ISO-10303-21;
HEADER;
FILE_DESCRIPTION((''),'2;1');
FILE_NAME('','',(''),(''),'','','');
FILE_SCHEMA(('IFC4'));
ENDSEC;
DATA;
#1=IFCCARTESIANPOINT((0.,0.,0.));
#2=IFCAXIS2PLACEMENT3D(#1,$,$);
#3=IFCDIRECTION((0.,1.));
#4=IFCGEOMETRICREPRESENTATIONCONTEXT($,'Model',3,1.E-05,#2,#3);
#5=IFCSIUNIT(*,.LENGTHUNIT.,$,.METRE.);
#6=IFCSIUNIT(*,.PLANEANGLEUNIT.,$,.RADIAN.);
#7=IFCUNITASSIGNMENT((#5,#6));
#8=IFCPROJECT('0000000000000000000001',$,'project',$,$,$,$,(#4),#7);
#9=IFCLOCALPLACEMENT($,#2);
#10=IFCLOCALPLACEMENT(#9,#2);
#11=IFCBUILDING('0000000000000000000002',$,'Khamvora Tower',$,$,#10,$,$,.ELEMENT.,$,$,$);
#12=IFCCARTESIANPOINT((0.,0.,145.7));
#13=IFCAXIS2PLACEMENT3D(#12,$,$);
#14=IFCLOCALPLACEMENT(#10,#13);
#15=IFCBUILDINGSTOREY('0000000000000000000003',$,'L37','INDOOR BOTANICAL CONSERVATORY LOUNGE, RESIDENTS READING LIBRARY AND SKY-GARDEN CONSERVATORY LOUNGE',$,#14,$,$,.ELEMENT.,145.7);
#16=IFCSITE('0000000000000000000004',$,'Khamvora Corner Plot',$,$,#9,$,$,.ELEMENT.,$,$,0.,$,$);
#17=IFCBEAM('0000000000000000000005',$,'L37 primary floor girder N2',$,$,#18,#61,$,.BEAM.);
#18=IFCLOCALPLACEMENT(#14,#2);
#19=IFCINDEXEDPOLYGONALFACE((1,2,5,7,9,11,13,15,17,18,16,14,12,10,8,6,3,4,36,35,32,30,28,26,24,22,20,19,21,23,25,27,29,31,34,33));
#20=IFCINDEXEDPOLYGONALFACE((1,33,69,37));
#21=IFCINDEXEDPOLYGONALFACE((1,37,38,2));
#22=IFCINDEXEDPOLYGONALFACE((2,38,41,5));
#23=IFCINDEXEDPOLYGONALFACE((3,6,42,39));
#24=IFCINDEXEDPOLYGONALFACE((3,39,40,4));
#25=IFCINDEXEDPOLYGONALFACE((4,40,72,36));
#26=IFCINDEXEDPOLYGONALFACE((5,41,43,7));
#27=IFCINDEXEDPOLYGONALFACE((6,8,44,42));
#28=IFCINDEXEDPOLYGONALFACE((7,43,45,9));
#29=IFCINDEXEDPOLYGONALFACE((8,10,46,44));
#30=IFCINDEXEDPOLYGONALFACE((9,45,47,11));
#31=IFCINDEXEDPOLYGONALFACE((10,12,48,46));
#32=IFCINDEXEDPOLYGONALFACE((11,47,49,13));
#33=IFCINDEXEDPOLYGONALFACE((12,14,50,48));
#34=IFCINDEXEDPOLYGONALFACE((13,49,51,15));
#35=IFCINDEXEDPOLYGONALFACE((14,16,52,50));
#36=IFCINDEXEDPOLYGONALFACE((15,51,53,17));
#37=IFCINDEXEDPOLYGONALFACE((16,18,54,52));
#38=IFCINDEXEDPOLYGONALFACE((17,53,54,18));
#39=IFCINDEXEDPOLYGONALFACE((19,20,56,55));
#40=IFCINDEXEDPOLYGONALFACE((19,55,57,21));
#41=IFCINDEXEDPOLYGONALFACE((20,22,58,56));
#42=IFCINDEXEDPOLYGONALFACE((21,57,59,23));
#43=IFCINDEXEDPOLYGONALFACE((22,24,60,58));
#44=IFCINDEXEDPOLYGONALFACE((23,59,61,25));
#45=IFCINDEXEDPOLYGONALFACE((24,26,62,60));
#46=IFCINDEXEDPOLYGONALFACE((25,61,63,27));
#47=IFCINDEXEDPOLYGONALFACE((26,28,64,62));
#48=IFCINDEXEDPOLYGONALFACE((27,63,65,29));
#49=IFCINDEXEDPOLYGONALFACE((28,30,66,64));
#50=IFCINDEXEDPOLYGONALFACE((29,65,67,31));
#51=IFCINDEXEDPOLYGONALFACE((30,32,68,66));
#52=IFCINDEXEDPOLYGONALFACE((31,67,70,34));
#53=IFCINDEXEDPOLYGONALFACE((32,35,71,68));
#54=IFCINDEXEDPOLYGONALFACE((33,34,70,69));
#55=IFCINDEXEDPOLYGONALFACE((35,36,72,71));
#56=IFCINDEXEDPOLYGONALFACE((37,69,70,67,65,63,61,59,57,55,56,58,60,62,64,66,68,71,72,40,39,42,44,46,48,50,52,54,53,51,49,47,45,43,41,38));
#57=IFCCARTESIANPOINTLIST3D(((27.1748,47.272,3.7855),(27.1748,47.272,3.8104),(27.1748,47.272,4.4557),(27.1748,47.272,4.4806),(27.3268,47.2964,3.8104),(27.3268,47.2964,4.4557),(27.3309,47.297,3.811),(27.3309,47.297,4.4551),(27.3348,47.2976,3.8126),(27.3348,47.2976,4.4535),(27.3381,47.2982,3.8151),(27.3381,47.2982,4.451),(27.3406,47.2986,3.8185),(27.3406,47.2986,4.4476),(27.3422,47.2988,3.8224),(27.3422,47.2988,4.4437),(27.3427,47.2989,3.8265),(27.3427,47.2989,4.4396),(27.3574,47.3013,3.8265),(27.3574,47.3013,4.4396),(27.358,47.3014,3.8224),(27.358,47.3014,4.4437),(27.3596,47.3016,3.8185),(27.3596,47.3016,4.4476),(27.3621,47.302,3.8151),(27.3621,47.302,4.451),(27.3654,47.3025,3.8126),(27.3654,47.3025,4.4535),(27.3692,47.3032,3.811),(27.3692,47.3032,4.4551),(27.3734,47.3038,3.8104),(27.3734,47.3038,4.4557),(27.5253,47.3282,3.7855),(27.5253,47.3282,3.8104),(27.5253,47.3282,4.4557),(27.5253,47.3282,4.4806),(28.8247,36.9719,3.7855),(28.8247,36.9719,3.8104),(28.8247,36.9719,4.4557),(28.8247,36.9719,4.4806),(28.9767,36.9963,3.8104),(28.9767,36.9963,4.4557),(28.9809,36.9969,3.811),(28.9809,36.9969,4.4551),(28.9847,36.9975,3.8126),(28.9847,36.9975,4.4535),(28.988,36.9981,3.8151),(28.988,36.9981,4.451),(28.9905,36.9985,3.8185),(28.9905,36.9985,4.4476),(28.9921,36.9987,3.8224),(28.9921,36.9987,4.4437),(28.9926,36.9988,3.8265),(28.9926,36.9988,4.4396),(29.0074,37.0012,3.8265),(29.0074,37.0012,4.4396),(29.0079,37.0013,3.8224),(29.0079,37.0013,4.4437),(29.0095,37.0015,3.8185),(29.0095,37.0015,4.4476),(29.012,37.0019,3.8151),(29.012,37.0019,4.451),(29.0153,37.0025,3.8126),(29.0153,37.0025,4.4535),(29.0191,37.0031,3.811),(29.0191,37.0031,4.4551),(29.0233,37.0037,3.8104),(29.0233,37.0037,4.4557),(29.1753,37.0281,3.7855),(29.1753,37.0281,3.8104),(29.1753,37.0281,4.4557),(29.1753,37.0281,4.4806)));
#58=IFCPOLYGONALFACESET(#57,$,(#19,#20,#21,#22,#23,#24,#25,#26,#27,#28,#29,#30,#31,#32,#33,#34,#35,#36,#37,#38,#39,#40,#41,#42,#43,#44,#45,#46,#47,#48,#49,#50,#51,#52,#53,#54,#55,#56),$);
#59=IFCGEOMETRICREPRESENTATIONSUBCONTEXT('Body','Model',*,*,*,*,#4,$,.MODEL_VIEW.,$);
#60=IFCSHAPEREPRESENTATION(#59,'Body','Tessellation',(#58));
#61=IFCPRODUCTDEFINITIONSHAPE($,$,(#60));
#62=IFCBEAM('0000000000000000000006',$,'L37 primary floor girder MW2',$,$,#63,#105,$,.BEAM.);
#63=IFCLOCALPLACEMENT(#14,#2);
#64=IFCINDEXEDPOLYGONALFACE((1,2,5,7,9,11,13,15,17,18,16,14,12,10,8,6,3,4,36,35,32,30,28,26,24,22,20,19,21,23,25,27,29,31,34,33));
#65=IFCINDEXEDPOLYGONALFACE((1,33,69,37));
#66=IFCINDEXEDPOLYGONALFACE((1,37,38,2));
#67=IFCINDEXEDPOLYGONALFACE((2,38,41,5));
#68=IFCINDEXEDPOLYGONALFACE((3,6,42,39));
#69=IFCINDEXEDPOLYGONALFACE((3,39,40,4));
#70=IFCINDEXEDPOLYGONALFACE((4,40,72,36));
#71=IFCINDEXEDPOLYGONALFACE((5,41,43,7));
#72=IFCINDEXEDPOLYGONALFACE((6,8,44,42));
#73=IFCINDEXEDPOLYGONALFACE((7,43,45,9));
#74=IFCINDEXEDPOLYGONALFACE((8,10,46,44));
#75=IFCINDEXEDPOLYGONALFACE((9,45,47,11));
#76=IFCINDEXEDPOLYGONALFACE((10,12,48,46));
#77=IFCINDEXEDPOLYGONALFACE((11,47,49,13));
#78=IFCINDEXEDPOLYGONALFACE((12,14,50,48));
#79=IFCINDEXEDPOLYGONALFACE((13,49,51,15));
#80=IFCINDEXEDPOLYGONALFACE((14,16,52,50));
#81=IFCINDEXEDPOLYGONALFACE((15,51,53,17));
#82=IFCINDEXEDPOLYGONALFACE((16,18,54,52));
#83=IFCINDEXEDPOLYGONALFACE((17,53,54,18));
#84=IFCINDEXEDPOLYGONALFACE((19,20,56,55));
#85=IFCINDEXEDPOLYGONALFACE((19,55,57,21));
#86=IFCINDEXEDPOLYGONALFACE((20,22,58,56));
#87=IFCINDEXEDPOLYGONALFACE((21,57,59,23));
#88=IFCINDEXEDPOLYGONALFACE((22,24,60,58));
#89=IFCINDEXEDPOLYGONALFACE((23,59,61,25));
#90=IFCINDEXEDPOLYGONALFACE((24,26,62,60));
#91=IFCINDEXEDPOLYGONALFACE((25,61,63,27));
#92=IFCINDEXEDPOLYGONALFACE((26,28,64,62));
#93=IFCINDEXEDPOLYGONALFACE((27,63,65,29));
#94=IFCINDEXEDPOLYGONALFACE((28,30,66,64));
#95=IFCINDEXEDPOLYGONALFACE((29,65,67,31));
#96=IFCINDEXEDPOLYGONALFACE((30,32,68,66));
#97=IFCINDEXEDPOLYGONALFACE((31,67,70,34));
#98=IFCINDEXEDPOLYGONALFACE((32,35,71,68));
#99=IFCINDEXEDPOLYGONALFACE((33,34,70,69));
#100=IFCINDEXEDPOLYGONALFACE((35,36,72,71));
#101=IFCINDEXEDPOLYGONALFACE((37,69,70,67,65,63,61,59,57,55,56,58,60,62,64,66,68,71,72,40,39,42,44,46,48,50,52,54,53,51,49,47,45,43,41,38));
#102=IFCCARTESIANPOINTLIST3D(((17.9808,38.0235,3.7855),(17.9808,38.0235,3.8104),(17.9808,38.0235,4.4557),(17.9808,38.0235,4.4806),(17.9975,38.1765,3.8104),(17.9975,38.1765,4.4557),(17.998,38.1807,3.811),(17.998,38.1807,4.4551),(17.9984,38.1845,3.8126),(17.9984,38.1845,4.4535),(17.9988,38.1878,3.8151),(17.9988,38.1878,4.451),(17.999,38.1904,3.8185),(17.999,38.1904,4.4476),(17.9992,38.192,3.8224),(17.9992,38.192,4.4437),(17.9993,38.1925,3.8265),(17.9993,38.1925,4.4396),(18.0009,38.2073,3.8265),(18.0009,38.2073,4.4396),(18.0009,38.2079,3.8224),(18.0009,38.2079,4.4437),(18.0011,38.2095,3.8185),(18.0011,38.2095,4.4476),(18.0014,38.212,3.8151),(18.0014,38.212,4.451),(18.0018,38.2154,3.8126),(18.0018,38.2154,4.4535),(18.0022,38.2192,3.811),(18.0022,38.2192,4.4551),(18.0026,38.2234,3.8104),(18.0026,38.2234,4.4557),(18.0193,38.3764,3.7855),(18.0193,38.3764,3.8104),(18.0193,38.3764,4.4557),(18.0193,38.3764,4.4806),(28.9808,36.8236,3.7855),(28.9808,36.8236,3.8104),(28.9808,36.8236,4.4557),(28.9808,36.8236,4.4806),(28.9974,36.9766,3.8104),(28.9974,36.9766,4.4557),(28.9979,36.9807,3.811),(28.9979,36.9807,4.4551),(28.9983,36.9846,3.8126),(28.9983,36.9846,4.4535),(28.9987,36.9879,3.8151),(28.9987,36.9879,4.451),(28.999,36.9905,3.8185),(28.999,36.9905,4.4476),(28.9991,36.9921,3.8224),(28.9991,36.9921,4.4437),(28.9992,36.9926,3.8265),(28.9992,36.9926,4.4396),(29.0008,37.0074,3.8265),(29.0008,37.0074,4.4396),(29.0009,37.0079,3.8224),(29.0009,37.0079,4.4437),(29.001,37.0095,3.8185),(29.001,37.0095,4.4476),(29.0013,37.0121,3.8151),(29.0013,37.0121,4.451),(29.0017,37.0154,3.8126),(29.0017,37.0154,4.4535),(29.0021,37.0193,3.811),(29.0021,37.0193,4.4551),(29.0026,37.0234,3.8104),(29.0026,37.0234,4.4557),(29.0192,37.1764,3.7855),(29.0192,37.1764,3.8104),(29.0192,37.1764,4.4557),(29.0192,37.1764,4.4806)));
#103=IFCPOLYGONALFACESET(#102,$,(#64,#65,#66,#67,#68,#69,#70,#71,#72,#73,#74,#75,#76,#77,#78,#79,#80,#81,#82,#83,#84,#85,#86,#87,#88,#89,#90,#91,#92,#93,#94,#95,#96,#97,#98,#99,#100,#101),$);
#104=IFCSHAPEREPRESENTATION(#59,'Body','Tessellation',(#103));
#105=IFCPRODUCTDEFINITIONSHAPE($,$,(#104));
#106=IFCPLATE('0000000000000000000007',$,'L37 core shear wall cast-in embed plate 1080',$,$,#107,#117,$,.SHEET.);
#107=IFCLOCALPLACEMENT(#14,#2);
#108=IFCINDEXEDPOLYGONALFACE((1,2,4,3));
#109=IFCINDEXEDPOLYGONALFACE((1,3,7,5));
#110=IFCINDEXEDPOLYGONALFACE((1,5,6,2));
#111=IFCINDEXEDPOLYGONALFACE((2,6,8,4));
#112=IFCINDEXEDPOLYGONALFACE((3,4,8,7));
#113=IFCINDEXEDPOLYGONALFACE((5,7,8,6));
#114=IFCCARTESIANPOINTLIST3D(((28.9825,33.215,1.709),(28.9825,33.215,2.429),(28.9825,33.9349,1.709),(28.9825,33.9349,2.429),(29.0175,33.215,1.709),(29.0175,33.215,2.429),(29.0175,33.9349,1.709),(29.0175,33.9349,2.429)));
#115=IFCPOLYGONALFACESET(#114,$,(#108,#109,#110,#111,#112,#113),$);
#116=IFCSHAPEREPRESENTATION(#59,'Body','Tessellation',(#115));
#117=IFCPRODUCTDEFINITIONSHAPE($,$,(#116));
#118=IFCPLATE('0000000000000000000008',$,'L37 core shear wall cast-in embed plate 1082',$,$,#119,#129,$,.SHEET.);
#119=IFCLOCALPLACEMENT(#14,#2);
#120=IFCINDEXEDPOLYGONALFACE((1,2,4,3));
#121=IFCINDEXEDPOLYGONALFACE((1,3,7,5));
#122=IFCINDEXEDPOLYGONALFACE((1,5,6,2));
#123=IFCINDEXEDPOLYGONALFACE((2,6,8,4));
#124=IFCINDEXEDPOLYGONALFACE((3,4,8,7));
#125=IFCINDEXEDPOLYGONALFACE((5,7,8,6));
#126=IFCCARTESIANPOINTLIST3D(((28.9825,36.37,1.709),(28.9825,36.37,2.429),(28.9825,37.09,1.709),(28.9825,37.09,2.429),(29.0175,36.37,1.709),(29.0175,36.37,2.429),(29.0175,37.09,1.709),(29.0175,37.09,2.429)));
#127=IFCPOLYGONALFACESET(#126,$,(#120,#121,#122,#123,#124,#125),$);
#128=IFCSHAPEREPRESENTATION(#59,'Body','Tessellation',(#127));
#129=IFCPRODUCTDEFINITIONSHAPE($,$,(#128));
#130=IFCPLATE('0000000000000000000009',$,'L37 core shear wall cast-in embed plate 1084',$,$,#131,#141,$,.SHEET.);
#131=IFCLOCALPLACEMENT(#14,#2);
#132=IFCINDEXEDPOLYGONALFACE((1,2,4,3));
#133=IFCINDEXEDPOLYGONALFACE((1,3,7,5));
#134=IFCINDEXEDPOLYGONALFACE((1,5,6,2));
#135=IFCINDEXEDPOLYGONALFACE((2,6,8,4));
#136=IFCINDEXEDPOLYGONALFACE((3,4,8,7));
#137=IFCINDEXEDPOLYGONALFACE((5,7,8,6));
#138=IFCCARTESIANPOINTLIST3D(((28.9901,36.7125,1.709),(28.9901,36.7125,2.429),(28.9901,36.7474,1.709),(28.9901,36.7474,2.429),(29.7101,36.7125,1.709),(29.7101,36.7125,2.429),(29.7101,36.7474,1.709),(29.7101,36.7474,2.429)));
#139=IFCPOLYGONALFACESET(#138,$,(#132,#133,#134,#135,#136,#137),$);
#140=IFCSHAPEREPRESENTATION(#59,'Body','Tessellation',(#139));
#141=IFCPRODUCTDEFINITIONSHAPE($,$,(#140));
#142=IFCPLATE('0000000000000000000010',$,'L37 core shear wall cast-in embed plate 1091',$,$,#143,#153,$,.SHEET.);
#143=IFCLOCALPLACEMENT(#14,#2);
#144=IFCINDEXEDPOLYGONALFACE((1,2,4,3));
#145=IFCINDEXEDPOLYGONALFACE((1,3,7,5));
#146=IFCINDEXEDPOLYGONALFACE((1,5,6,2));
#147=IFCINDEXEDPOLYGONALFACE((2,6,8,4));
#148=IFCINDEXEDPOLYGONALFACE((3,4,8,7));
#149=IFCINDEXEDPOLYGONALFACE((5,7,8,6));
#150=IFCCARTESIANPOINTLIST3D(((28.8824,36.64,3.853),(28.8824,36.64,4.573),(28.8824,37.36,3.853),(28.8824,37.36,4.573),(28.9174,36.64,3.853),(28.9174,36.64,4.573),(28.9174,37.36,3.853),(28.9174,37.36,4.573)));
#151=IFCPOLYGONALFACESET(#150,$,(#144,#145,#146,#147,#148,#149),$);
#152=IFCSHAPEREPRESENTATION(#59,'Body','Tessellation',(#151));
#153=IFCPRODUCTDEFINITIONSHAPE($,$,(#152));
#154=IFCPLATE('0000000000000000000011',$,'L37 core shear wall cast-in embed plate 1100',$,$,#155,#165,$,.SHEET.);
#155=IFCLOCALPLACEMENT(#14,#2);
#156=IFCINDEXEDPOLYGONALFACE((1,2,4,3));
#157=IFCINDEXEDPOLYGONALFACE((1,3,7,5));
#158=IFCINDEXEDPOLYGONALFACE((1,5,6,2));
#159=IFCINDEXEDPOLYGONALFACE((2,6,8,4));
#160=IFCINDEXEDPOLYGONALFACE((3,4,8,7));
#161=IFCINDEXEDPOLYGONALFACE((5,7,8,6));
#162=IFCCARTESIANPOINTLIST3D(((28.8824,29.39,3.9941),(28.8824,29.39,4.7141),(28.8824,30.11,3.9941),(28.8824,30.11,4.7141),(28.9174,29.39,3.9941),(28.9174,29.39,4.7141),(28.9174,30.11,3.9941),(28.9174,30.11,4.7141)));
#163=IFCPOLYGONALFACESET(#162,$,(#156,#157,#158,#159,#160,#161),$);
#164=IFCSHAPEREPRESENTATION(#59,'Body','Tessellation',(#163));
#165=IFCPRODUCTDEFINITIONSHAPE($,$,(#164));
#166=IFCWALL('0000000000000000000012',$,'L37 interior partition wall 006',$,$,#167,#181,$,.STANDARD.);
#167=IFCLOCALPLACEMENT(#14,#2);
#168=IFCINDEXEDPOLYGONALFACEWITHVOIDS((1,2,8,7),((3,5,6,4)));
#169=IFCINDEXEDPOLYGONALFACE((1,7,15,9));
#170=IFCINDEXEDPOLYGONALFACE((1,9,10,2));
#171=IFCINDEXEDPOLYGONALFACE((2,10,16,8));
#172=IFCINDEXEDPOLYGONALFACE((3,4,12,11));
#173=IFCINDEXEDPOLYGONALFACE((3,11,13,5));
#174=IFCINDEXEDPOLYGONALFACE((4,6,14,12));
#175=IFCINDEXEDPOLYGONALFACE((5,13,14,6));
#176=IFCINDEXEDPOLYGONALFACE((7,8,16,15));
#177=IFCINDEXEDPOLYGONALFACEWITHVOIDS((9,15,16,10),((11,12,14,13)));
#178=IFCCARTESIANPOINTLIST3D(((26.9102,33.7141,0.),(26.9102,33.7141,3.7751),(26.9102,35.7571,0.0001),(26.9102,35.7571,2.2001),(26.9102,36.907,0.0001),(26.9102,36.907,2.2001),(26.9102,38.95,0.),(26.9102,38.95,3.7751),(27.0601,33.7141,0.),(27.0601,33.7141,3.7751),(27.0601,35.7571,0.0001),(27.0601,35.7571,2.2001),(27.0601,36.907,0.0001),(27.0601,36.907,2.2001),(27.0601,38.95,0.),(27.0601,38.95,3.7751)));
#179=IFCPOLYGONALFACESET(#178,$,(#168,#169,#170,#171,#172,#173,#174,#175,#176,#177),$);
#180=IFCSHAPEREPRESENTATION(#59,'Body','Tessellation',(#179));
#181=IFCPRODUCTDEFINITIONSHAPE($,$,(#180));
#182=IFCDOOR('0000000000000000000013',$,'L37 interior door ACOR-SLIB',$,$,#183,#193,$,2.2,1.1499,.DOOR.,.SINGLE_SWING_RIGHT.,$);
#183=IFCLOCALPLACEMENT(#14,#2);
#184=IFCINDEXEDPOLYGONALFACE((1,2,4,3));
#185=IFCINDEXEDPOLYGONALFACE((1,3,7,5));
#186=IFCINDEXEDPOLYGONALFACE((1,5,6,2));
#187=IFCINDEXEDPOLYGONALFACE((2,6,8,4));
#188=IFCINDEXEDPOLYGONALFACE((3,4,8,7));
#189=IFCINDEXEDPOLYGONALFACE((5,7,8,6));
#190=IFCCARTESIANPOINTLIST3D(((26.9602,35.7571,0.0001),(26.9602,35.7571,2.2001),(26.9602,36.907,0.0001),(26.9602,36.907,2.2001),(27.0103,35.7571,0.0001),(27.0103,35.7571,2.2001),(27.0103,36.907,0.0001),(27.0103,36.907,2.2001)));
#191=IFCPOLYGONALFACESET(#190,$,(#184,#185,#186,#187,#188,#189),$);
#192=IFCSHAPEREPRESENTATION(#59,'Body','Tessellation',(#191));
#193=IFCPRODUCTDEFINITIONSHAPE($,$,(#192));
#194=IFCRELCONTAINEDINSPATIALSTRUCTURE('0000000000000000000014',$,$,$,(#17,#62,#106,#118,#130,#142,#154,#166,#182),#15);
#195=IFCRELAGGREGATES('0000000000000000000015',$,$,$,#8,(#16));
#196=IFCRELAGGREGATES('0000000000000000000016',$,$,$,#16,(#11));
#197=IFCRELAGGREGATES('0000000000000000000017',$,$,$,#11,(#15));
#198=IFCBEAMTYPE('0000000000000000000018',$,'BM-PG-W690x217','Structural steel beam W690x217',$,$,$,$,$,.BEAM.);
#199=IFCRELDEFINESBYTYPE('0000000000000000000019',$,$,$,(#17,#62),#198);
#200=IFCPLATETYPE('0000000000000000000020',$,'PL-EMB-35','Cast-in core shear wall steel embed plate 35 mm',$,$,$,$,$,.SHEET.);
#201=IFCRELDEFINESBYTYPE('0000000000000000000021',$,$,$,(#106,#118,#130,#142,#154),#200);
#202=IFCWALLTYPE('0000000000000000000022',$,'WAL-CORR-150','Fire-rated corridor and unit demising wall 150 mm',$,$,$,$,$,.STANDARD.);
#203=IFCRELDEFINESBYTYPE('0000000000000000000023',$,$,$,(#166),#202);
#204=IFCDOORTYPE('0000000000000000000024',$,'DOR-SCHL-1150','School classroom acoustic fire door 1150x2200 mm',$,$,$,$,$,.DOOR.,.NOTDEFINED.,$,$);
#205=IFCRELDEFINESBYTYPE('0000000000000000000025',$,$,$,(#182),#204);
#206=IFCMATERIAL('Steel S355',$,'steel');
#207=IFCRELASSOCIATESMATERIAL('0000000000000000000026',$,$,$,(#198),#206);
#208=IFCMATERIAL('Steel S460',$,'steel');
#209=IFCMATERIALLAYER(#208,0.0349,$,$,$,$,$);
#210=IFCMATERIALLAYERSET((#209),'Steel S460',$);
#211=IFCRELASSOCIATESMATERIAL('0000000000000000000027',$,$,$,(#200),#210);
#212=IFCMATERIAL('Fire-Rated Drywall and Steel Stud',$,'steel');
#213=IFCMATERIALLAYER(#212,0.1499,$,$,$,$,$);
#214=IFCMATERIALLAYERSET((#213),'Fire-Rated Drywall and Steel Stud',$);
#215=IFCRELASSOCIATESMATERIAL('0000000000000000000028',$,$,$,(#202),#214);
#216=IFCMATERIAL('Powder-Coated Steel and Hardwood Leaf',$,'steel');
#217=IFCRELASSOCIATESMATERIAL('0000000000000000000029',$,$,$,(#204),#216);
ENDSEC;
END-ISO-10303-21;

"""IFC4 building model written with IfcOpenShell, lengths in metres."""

from ifc_helpers import new_model, si_unit, direction, frame, frame_2d, origin, origin_2d, place, context, subcontext, project, spatial, rectangle, i_section, extrude, material, layer, layer_set, material_profile, profile_set, type_object, element, fill, save


model = new_model("IFC4")

# Units and contexts
model_context = context("Model", 3, precision=1e-05, world=origin(), true_north=direction((0.0, 1.0)))
body_context = subcontext(model_context, "Body", "Model", "MODEL_VIEW")
ifc_project = project(units=[si_unit("LENGTHUNIT", "METRE"), si_unit("PLANEANGLEUNIT", "RADIAN")], contexts=[model_context])

# Site, building, storey
site_placement = place(None, origin())
site = spatial("IfcSite", under=ifc_project, at=site_placement, Name="Khamvora Corner Plot", CompositionType="ELEMENT", RefElevation=0.0)
building_placement = place(site_placement, origin())
building = spatial("IfcBuilding", under=site, at=building_placement, Name="Khamvora Tower", CompositionType="ELEMENT")
storey_placement = place(building_placement, frame((0.0, 0.0, 145.7)))
storey = spatial("IfcBuildingStorey", under=building, at=storey_placement, Name="L37", Description="INDOOR BOTANICAL CONSERVATORY LOUNGE, RESIDENTS READING LIBRARY AND SKY-GARDEN CONSERVATORY LOUNGE", CompositionType="ELEMENT", Elevation=145.7)

# Shared definitions
ifc_material_1 = material(Name="Steel S460", Category="steel")

# Beams
ifc_material_2 = material(Name="Steel S355", Category="steel")
ifc_material_profile_1 = material_profile(ifc_material_2, i_section(OverallWidth=0.355, OverallDepth=0.6951, WebThickness=0.0149, FlangeThickness=0.0249, FilletRadius=0.0161, at=origin_2d()), Name="W690x217")
ifc_profile_set_1 = profile_set([ifc_material_profile_1], Name="Steel S355")
beam_type_1 = type_object("IfcBeamType", Name="BM-PG-W690x217", Description="Structural steel beam W690x217", PredefinedType="BEAM", material=ifc_profile_set_1)
beam_1_placement = place(storey_placement, frame((29.0, 37.0, 4.1331), z_axis=(-0.158168, 0.987412, 0.0), x_axis=(-0.987412, -0.158168, 0.0)))
element("IfcBeam", 1, at=beam_1_placement, inside=storey, type_object=beam_type_1, Name="L37 primary floor girder N2", PredefinedType="BEAM", context=body_context, shape_type="SweptSolid", body=[
    extrude(i_section(OverallWidth=0.355, OverallDepth=0.6951, WebThickness=0.0149, FlangeThickness=0.0249, FilletRadius=0.0161, at=origin_2d()), origin(), (0.0, 0.0, 1.0), 10.4314),
])
beam_2_placement = place(storey_placement, frame((29.0, 37.0, 4.1331), z_axis=(-0.994103, 0.108443, 0.0), x_axis=(-0.108443, -0.994103, 0.0)))
element("IfcBeam", 2, at=beam_2_placement, inside=storey, type_object=beam_type_1, Name="L37 primary floor girder MW2", PredefinedType="BEAM", context=body_context, shape_type="SweptSolid", body=[
    extrude(i_section(OverallWidth=0.355, OverallDepth=0.6951, WebThickness=0.0149, FlangeThickness=0.0249, FilletRadius=0.0161, at=origin_2d()), origin(), (0.0, 0.0, 1.0), 11.0652),
])

# Plates
ifc_layer_1 = layer(ifc_material_1, 0.0349)
ifc_layer_set_1 = layer_set([ifc_layer_1], Name="Steel S460")
plate_type = type_object("IfcPlateType", Name="PL-EMB-35", Description="Cast-in core shear wall steel embed plate 35 mm", PredefinedType="SHEET", material=ifc_layer_set_1)
for number, where, z_axis, x_axis, name in (
    (3, (29.0, 33.575, 1.709), (0.0, 0.0, 1.0), (1.0, 0.0, 0.0), "L37 core shear wall cast-in embed plate 1080"),
    (4, (29.0, 36.73, 1.709), (0.0, 0.0, 1.0), (1.0, 0.0, 0.0), "L37 core shear wall cast-in embed plate 1082"),
):
    element("IfcPlate", number, at=place(storey_placement, frame(where, z_axis=z_axis, x_axis=x_axis)), inside=storey, type_object=plate_type, Name=name, PredefinedType="SHEET", context=body_context, shape_type="SweptSolid", body=[
        extrude(rectangle(XDim=0.0349, YDim=0.72, at=origin_2d()), origin(), (0.0, 0.0, 1.0), 0.72),
    ])
plate_placement = place(storey_placement, frame((29.3501, 36.73, 1.709), z_axis=(0.0, 0.0, 1.0), x_axis=(1.0, 0.0, 0.0)))
element("IfcPlate", 5, at=plate_placement, inside=storey, type_object=plate_type, Name="L37 core shear wall cast-in embed plate 1084", PredefinedType="SHEET", context=body_context, shape_type="SweptSolid", body=[
    extrude(rectangle(XDim=0.72, YDim=0.0349, at=origin_2d()), origin(), (0.0, 0.0, 1.0), 0.72),
])
for number, where, z_axis, x_axis, name in (
    (6, (28.8999, 37.0, 3.853), (0.0, 0.0, 1.0), (1.0, 0.0, 0.0), "L37 core shear wall cast-in embed plate 1091"),
    (7, (28.8999, 29.75, 3.9941), (0.0, 0.0, 1.0), (1.0, 0.0, 0.0), "L37 core shear wall cast-in embed plate 1100"),
):
    element("IfcPlate", number, at=place(storey_placement, frame(where, z_axis=z_axis, x_axis=x_axis)), inside=storey, type_object=plate_type, Name=name, PredefinedType="SHEET", context=body_context, shape_type="SweptSolid", body=[
        extrude(rectangle(XDim=0.0349, YDim=0.72, at=origin_2d()), origin(), (0.0, 0.0, 1.0), 0.72),
    ])

# Wall, opening, door
ifc_material_3 = material(Name="Fire-Rated Drywall and Steel Stud", Category="steel")
ifc_layer_2 = layer(ifc_material_3, 0.1499)
ifc_layer_set_2 = layer_set([ifc_layer_2], Name="Fire-Rated Drywall and Steel Stud")
wall_type = type_object("IfcWallType", Name="WAL-CORR-150", Description="Fire-rated corridor and unit demising wall 150 mm", PredefinedType="STANDARD", material=ifc_layer_set_2)
wall_placement = place(storey_placement, frame((26.9851, 33.7141, 0.0), z_axis=(0.0, 0.0, 1.0), x_axis=(0.0, 1.0, 0.0)))
wall = element("IfcWall", 8, at=wall_placement, inside=storey, type_object=wall_type, Name="L37 interior partition wall 006", PredefinedType="STANDARD", context=body_context, shape_type="SweptSolid", body=[
    extrude(rectangle(XDim=5.2358, YDim=0.1499, at=frame_2d((2.6179, 0.0))), origin(), (0.0, 0.0, 1.0), 3.7751),
])
opening_placement = place(wall_placement, frame((2.043, 0.0, 0.0)))
opening = element("IfcOpeningElement", 9, at=opening_placement, cuts=wall, PredefinedType="OPENING", context=body_context, shape_type="SweptSolid", body=[
    extrude(rectangle(XDim=1.1499, YDim=2.2, at=frame_2d((0.575, 1.1001))), frame((0.0, 0.085, 0.0), z_axis=(0.0, -1.0, 0.0), x_axis=(1.0, 0.0, 0.0)), (0.0, 0.0, 1.0), 0.1699),
])
ifc_material_4 = material(Name="Powder-Coated Steel and Hardwood Leaf", Category="steel")
door_type = type_object("IfcDoorType", Name="DOR-SCHL-1150", Description="School classroom acoustic fire door 1150x2200 mm", OperationType="NOTDEFINED", PredefinedType="DOOR", material=ifc_material_4)
door_placement = place(opening_placement, origin())
door = element("IfcDoor", 10, at=door_placement, inside=storey, type_object=door_type, Name="L37 interior door ACOR-SLIB", OperationType="SINGLE_SWING_RIGHT", OverallHeight=2.2, OverallWidth=1.1499, PredefinedType="DOOR", context=body_context, shape_type="SweptSolid", body=[
    extrude(rectangle(XDim=1.1499, YDim=2.2, at=frame_2d((0.575, 1.1001))), frame((0.0, 0.0249, 0.0), z_axis=(0.0, -1.0, 0.0), x_axis=(1.0, 0.0, 0.0)), (0.0, 0.0, 1.0), 0.05),
])
fill(opening, door)

save(model, "model.ifc")
